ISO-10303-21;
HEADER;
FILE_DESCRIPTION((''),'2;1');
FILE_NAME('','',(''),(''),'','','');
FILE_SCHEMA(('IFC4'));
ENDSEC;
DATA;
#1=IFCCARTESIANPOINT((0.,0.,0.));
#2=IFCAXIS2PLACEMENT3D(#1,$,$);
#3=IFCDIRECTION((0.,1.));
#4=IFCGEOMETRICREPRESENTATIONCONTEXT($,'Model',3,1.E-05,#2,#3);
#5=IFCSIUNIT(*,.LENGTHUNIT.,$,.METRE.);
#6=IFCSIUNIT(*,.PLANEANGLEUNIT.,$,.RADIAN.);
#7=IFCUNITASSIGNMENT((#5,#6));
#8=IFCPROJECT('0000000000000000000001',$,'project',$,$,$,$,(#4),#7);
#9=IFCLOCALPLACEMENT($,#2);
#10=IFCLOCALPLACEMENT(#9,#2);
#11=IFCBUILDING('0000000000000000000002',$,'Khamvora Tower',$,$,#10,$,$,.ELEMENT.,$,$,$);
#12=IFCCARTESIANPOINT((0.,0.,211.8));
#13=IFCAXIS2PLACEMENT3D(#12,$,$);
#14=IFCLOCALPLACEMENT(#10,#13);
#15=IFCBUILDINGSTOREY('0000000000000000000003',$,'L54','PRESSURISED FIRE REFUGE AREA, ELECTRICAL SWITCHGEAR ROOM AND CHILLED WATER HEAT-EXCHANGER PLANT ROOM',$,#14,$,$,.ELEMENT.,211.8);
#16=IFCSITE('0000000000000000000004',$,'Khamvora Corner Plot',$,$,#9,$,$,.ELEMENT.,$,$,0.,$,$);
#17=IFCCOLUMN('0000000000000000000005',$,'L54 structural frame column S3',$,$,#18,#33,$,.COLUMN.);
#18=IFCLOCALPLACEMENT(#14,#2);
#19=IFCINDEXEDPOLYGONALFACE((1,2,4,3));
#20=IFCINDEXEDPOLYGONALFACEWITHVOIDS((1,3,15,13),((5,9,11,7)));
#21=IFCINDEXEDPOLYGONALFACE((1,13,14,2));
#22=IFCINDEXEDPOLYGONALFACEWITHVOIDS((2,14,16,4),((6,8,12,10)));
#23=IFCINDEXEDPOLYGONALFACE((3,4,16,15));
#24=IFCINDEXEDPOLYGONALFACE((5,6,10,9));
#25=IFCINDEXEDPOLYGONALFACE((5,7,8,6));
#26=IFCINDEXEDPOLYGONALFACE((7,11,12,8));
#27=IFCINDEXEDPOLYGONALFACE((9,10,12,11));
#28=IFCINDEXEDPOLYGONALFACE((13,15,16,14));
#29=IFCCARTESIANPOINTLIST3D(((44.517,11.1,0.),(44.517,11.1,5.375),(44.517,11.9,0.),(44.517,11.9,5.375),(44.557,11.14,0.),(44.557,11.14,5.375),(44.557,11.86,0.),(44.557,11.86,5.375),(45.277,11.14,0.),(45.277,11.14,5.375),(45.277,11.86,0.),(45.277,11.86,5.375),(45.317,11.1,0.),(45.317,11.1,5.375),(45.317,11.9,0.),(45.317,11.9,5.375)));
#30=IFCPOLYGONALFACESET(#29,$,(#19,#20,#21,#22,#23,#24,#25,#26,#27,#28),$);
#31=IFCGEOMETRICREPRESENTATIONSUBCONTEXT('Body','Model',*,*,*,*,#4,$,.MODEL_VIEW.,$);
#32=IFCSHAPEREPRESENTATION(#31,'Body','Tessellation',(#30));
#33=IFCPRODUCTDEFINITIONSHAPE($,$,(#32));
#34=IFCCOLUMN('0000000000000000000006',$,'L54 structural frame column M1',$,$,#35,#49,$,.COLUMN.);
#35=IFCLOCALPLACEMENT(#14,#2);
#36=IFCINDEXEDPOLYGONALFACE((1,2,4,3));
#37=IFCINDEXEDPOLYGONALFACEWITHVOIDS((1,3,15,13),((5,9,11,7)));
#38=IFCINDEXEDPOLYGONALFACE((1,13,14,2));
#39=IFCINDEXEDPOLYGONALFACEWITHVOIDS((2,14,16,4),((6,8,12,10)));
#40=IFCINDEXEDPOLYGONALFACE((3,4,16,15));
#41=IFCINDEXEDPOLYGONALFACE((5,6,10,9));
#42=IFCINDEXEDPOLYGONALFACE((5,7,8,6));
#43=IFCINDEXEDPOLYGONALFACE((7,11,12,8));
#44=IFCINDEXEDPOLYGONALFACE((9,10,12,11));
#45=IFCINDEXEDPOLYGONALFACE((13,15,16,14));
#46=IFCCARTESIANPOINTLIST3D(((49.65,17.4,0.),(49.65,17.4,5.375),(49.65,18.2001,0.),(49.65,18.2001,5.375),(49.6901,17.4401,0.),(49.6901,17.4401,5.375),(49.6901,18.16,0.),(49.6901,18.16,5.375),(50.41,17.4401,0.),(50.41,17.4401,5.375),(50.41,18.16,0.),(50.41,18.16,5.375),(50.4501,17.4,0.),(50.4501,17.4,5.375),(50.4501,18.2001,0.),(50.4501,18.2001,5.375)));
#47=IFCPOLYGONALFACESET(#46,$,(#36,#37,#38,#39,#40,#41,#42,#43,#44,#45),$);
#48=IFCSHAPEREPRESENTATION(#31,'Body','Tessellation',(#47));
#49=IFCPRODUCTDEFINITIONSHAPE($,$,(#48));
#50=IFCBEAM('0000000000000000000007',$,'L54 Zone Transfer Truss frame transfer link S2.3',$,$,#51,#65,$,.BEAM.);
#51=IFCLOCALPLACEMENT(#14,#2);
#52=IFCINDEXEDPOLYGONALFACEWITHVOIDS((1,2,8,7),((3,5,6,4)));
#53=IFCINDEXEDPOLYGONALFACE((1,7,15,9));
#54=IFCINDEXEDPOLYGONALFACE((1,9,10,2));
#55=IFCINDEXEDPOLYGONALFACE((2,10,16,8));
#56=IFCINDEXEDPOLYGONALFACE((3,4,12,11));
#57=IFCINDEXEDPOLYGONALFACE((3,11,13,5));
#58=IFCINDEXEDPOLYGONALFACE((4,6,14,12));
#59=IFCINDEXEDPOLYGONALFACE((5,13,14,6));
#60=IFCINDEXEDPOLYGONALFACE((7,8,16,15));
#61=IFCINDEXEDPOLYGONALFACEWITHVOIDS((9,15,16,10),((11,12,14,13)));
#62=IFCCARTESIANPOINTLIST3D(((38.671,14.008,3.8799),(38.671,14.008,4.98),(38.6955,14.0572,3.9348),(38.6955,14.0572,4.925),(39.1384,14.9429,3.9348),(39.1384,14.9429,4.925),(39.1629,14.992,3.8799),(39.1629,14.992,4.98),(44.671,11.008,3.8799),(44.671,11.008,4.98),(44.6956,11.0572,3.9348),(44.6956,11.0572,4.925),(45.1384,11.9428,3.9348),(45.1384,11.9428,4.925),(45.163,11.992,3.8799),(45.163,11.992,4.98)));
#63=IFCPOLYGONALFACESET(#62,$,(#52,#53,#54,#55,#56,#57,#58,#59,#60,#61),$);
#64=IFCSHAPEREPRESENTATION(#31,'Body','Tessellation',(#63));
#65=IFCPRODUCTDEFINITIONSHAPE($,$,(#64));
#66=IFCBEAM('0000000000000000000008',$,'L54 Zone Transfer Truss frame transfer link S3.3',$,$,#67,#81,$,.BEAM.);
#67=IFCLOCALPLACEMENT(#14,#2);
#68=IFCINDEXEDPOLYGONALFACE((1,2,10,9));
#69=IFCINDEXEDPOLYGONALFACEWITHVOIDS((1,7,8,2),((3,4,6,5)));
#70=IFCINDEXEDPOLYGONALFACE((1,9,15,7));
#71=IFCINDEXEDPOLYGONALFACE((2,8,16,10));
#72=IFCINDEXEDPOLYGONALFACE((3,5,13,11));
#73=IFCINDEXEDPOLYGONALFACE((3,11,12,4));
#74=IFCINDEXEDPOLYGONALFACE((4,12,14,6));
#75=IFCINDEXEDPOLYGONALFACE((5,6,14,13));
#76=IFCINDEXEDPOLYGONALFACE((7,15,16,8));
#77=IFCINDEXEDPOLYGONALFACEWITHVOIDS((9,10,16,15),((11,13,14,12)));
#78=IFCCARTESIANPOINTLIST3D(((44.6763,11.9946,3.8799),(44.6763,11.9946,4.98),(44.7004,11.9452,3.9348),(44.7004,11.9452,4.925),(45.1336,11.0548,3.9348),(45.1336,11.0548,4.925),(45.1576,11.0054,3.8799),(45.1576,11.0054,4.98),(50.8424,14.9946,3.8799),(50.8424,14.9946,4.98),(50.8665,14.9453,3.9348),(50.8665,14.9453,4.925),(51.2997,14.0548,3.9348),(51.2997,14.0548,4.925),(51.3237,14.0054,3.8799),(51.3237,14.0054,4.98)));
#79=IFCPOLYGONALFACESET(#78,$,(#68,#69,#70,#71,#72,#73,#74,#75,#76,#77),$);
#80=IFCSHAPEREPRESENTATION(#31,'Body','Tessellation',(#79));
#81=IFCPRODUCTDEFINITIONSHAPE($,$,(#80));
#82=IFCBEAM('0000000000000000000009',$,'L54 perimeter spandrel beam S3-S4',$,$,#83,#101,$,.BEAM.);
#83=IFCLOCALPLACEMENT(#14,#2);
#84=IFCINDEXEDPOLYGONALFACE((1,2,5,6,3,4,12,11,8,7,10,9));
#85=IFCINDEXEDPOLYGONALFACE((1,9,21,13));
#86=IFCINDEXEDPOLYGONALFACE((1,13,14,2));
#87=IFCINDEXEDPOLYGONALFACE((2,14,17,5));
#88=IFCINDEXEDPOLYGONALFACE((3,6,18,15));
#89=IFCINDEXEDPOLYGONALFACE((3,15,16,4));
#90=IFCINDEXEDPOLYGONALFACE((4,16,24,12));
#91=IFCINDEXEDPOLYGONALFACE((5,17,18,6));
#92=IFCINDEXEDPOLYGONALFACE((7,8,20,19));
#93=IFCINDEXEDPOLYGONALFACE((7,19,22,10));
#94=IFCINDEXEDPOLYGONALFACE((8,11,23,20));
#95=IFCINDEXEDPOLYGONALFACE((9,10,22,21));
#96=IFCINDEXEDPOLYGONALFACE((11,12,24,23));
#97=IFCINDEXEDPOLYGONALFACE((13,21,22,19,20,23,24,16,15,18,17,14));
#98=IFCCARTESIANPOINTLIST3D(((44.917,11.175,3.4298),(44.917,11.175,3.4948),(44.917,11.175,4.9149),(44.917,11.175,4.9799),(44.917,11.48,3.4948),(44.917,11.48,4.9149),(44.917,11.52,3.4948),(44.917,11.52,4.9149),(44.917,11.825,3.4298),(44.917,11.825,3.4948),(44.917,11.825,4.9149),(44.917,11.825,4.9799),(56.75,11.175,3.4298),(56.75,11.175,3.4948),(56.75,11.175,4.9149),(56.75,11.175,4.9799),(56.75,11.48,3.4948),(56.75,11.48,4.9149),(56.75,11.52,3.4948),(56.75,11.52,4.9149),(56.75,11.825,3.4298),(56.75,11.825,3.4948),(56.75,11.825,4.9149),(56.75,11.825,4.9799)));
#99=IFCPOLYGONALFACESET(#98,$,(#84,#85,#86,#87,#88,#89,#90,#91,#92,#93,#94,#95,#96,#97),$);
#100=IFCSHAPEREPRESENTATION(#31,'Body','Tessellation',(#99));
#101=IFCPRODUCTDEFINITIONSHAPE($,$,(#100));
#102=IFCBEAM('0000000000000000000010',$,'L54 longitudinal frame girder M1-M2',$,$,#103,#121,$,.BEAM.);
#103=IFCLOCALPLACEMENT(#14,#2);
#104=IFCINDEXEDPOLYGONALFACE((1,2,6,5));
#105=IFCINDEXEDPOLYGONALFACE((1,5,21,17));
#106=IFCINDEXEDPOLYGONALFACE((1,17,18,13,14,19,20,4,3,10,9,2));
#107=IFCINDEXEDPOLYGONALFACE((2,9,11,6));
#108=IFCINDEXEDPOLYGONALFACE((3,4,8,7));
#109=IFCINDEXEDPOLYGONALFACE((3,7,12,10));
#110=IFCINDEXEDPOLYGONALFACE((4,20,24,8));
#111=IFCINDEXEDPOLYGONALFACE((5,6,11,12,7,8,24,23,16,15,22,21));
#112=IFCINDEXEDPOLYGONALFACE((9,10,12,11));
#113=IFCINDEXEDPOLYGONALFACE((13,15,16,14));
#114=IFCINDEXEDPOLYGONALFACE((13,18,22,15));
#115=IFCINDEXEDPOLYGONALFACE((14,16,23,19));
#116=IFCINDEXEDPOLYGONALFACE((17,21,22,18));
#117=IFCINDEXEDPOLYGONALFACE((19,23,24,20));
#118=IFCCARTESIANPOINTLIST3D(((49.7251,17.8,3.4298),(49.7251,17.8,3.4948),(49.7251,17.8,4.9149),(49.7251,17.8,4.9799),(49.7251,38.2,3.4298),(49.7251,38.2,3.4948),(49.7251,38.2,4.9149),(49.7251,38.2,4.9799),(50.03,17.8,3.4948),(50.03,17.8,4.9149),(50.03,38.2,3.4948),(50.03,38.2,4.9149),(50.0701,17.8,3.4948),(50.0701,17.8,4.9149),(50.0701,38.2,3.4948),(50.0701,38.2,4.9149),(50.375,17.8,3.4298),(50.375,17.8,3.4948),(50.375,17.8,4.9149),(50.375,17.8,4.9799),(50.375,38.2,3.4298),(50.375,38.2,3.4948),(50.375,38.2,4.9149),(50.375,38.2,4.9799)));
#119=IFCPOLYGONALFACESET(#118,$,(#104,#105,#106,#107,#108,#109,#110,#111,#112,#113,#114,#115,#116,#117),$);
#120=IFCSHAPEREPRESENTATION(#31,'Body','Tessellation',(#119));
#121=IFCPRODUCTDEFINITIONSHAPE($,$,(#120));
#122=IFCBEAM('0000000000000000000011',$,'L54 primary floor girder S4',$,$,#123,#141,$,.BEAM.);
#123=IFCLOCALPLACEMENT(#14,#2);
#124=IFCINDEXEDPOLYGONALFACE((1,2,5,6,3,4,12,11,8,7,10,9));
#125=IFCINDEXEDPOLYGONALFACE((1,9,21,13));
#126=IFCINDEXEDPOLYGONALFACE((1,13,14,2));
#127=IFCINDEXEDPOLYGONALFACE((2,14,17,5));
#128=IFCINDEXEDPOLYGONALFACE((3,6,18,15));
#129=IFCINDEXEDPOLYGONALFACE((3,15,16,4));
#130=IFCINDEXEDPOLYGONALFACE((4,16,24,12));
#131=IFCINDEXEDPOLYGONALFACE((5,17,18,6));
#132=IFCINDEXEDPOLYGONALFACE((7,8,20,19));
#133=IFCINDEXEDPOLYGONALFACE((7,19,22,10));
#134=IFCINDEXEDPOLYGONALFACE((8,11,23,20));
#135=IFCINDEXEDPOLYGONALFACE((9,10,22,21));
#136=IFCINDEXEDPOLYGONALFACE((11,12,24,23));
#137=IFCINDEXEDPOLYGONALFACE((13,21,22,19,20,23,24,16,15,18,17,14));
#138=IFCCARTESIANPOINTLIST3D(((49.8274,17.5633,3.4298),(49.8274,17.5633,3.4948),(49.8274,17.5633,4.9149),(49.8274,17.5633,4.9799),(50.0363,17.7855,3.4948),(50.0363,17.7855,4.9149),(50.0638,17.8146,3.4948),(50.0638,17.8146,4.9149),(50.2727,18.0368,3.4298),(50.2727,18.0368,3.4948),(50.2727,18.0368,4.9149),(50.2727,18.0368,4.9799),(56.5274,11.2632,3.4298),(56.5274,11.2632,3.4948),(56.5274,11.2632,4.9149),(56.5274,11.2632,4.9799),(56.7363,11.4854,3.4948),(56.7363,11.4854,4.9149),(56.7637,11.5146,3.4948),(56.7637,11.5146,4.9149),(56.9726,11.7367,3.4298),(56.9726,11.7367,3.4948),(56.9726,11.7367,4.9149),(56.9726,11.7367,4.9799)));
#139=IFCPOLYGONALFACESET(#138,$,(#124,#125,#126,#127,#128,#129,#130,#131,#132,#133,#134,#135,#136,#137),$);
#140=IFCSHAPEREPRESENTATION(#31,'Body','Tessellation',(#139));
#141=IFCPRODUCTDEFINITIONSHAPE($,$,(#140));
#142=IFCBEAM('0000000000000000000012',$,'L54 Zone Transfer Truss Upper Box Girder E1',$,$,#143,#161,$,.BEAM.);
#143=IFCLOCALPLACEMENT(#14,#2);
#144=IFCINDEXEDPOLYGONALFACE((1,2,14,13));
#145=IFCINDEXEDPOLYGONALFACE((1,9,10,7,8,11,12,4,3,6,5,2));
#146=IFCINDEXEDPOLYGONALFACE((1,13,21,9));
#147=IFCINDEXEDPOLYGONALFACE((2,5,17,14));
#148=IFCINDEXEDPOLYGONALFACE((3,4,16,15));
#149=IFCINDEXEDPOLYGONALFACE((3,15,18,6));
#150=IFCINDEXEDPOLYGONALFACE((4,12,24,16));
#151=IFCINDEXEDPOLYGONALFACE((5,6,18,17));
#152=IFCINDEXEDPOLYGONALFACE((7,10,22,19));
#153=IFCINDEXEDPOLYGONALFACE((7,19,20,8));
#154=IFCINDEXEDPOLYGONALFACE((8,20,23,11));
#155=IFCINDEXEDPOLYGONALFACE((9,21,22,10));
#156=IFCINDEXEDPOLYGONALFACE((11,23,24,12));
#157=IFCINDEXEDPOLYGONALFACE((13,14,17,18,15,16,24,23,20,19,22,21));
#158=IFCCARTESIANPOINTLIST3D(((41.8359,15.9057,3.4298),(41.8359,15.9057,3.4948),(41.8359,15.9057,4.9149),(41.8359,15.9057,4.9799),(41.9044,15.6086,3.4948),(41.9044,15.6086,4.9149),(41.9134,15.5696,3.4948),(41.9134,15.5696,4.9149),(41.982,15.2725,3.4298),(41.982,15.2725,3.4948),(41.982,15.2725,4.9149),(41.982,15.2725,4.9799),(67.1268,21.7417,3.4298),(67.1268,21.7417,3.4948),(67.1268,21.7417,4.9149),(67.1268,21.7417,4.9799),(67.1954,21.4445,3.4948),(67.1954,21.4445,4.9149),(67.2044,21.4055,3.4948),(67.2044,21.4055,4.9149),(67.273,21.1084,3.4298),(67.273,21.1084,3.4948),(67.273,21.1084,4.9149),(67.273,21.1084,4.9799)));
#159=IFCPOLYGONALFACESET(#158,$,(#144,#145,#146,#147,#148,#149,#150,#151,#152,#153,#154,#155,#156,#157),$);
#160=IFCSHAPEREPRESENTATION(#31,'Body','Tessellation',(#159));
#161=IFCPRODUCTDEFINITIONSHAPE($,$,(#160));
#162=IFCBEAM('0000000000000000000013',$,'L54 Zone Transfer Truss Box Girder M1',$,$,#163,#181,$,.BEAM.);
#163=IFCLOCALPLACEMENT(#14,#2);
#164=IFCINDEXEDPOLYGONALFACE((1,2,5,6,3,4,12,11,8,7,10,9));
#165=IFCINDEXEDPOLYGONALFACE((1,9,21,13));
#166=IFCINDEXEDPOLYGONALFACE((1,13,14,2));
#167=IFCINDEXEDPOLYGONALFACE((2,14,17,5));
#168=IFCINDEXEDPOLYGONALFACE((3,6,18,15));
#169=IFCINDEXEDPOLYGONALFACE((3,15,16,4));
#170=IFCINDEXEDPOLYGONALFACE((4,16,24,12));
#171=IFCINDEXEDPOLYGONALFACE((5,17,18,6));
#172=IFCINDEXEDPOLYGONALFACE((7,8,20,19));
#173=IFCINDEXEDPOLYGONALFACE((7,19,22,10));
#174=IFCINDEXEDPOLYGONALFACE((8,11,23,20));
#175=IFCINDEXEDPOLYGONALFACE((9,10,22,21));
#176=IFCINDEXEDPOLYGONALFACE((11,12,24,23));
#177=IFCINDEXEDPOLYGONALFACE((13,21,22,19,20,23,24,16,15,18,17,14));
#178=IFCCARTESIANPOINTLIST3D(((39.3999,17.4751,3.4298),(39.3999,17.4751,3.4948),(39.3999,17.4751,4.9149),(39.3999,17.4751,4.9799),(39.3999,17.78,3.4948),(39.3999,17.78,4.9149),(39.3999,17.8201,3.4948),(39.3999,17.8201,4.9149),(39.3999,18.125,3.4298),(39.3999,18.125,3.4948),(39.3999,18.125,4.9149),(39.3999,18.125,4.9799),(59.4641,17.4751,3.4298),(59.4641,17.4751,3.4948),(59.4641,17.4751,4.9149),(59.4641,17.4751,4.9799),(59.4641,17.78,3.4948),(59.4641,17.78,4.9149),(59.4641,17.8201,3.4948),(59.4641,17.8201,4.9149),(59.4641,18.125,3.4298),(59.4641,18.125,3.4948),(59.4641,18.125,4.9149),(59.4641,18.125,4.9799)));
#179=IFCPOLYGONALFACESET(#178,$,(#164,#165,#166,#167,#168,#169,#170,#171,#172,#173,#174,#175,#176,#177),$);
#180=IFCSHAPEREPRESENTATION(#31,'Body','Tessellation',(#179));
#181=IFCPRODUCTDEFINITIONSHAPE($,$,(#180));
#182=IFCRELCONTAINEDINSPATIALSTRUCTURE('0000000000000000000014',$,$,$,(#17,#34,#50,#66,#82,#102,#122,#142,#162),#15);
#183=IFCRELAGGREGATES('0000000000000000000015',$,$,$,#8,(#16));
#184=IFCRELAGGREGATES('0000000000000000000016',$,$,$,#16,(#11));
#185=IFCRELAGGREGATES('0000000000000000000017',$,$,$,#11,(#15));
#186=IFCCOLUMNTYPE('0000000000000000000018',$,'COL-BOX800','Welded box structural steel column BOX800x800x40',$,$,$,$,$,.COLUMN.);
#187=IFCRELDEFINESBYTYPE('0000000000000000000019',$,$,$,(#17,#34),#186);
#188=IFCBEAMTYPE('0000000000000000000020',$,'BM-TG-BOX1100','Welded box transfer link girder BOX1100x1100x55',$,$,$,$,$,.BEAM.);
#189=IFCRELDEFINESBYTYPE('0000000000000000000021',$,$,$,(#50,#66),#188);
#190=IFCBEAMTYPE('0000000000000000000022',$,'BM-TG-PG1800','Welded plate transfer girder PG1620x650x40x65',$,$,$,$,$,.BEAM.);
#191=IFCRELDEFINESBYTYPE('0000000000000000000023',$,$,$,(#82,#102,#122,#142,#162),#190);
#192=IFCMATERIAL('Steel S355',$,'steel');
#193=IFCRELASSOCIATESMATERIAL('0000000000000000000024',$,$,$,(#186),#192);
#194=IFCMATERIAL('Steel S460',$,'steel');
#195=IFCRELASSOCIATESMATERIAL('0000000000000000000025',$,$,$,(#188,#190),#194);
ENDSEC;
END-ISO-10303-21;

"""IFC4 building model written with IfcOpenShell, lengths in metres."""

from ifc_helpers import new_model, si_unit, direction, frame, origin, origin_2d, place, context, subcontext, project, spatial, hollow_rectangle, i_section, extrude, material, material_profile, profile_set, type_object, element, save


model = new_model("IFC4")

# Units and contexts
model_context = context("Model", 3, precision=1e-05, world=origin(), true_north=direction((0.0, 1.0)))
body_context = subcontext(model_context, "Body", "Model", "MODEL_VIEW")
ifc_project = project(units=[si_unit("LENGTHUNIT", "METRE"), si_unit("PLANEANGLEUNIT", "RADIAN")], contexts=[model_context])

# Site, building, storey
site_placement = place(None, origin())
site = spatial("IfcSite", under=ifc_project, at=site_placement, Name="Khamvora Corner Plot", CompositionType="ELEMENT", RefElevation=0.0)
building_placement = place(site_placement, origin())
building = spatial("IfcBuilding", under=site, at=building_placement, Name="Khamvora Tower", CompositionType="ELEMENT")
storey_placement = place(building_placement, frame((0.0, 0.0, 211.8)))
storey = spatial("IfcBuildingStorey", under=building, at=storey_placement, Name="L54", Description="PRESSURISED FIRE REFUGE AREA, ELECTRICAL SWITCHGEAR ROOM AND CHILLED WATER HEAT-EXCHANGER PLANT ROOM", CompositionType="ELEMENT", Elevation=211.8)

# Columns
ifc_material_1 = material(Name="Steel S355", Category="steel")
ifc_material_profile_1 = material_profile(ifc_material_1, hollow_rectangle(XDim=0.8, YDim=0.8, WallThickness=0.04, at=origin_2d()), Name="BOX800x800x40")
ifc_profile_set_1 = profile_set([ifc_material_profile_1], Name="Steel S355")
column_type = type_object("IfcColumnType", Name="COL-BOX800", Description="Welded box structural steel column BOX800x800x40", PredefinedType="COLUMN", material=ifc_profile_set_1)
for number, where, z_axis, x_axis, name in (
    (1, (44.917, 11.5, 0.0), (0.0, 0.0, 1.0), (1.0, 0.0, 0.0), "L54 structural frame column S3"),
    (2, (50.05, 17.8, 0.0), (0.0, 0.0, 1.0), (1.0, 0.0, 0.0), "L54 structural frame column M1"),
):
    element("IfcColumn", number, at=place(storey_placement, frame(where, z_axis=z_axis, x_axis=x_axis)), inside=storey, type_object=column_type, Name=name, PredefinedType="COLUMN", context=body_context, shape_type="SweptSolid", body=[
        extrude(hollow_rectangle(XDim=0.8, YDim=0.8, WallThickness=0.04, at=origin_2d()), origin(), (0.0, 0.0, 1.0), 5.375),
    ])

# Beams
ifc_material_2 = material(Name="Steel S460", Category="steel")
ifc_material_profile_2 = material_profile(ifc_material_2, hollow_rectangle(XDim=1.1001, YDim=1.1001, WallThickness=0.0549, at=origin_2d()), Name="BOX1100x1100x55")
ifc_profile_set_2 = profile_set([ifc_material_profile_2], Name="Steel S460")
beam_type_1 = type_object("IfcBeamType", Name="BM-TG-BOX1100", Description="Welded box transfer link girder BOX1100x1100x55", PredefinedType="BEAM", material=ifc_profile_set_2)
beam_1_placement = place(storey_placement, frame((44.917, 11.5, 4.4299), z_axis=(-0.894427, 0.447214, 0.0), x_axis=(-0.447214, -0.894427, 0.0)))
element("IfcBeam", 3, at=beam_1_placement, inside=storey, type_object=beam_type_1, Name="L54 Zone Transfer Truss frame transfer link S2.3", PredefinedType="BEAM", context=body_context, shape_type="SweptSolid", body=[
    extrude(hollow_rectangle(XDim=1.1001, YDim=1.1001, WallThickness=0.0549, at=origin_2d()), origin(), (0.0, 0.0, 1.0), 6.7083),
])
beam_2_placement = place(storey_placement, frame((44.917, 11.5, 4.4299), z_axis=(0.899217, 0.437503, 0.0), x_axis=(-0.437503, 0.899217, 0.0)))
element("IfcBeam", 4, at=beam_2_placement, inside=storey, type_object=beam_type_1, Name="L54 Zone Transfer Truss frame transfer link S3.3", PredefinedType="BEAM", context=body_context, shape_type="SweptSolid", body=[
    extrude(hollow_rectangle(XDim=1.1001, YDim=1.1001, WallThickness=0.0549, at=origin_2d()), origin(), (0.0, 0.0, 1.0), 6.8572),
])
ifc_material_profile_3 = material_profile(ifc_material_2, i_section(OverallWidth=0.6499, OverallDepth=1.55, WebThickness=0.04, FlangeThickness=0.0649, at=origin_2d()), Name="PG1550x650x40x65")
ifc_profile_set_3 = profile_set([ifc_material_profile_3], Name="Steel S460")
beam_type_2 = type_object("IfcBeamType", Name="BM-TG-PG1800", Description="Welded plate transfer girder PG1620x650x40x65", PredefinedType="BEAM", material=ifc_profile_set_3)
beam_3_placement = place(storey_placement, frame((44.917, 11.5, 4.2048), z_axis=(1.0, 0.0, 0.0), x_axis=(0.0, 1.0, 0.0)))
element("IfcBeam", 5, at=beam_3_placement, inside=storey, type_object=beam_type_2, Name="L54 perimeter spandrel beam S3-S4", PredefinedType="BEAM", context=body_context, shape_type="SweptSolid", body=[
    extrude(i_section(OverallWidth=0.6499, OverallDepth=1.55, WebThickness=0.04, FlangeThickness=0.0649, at=origin_2d()), origin(), (0.0, 0.0, 1.0), 11.833),
])
beam_4_placement = place(storey_placement, frame((50.05, 17.8, 4.2048), z_axis=(0.0, 1.0, 0.0), x_axis=(-1.0, 0.0, 0.0)))
element("IfcBeam", 6, at=beam_4_placement, inside=storey, type_object=beam_type_2, Name="L54 longitudinal frame girder M1-M2", PredefinedType="BEAM", context=body_context, shape_type="SweptSolid", body=[
    extrude(i_section(OverallWidth=0.6499, OverallDepth=1.55, WebThickness=0.04, FlangeThickness=0.0649, at=origin_2d()), origin(), (0.0, 0.0, 1.0), 20.3999),
])
beam_5_placement = place(storey_placement, frame((50.05, 17.8, 4.2048), z_axis=(0.728514, -0.685031, 0.0), x_axis=(0.685031, 0.728514, 0.0)))
element("IfcBeam", 7, at=beam_5_placement, inside=storey, type_object=beam_type_2, Name="L54 primary floor girder S4", PredefinedType="BEAM", context=body_context, shape_type="SweptSolid", body=[
    extrude(i_section(OverallWidth=0.6499, OverallDepth=1.55, WebThickness=0.04, FlangeThickness=0.0649, at=origin_2d()), origin(), (0.0, 0.0, 1.0), 9.1968),
])
beam_6_placement = place(storey_placement, frame((41.9089, 15.5891, 4.2048), z_axis=(0.974395, 0.224843, 0.0), x_axis=(-0.224843, 0.974395, 0.0)))
element("IfcBeam", 8, at=beam_6_placement, inside=storey, type_object=beam_type_2, Name="L54 Zone Transfer Truss Upper Box Girder E1", PredefinedType="BEAM", context=body_context, shape_type="SweptSolid", body=[
    extrude(i_section(OverallWidth=0.6499, OverallDepth=1.55, WebThickness=0.04, FlangeThickness=0.0649, at=origin_2d()), origin(), (0.0, 0.0, 1.0), 25.9556),
])
beam_7_placement = place(storey_placement, frame((39.3999, 17.8, 4.2048), z_axis=(1.0, 0.0, 0.0), x_axis=(0.0, 1.0, 0.0)))
element("IfcBeam", 9, at=beam_7_placement, inside=storey, type_object=beam_type_2, Name="L54 Zone Transfer Truss Box Girder M1", PredefinedType="BEAM", context=body_context, shape_type="SweptSolid", body=[
    extrude(i_section(OverallWidth=0.6499, OverallDepth=1.55, WebThickness=0.04, FlangeThickness=0.0649, at=origin_2d()), origin(), (0.0, 0.0, 1.0), 20.0642),
])

save(model, "model.ifc")
